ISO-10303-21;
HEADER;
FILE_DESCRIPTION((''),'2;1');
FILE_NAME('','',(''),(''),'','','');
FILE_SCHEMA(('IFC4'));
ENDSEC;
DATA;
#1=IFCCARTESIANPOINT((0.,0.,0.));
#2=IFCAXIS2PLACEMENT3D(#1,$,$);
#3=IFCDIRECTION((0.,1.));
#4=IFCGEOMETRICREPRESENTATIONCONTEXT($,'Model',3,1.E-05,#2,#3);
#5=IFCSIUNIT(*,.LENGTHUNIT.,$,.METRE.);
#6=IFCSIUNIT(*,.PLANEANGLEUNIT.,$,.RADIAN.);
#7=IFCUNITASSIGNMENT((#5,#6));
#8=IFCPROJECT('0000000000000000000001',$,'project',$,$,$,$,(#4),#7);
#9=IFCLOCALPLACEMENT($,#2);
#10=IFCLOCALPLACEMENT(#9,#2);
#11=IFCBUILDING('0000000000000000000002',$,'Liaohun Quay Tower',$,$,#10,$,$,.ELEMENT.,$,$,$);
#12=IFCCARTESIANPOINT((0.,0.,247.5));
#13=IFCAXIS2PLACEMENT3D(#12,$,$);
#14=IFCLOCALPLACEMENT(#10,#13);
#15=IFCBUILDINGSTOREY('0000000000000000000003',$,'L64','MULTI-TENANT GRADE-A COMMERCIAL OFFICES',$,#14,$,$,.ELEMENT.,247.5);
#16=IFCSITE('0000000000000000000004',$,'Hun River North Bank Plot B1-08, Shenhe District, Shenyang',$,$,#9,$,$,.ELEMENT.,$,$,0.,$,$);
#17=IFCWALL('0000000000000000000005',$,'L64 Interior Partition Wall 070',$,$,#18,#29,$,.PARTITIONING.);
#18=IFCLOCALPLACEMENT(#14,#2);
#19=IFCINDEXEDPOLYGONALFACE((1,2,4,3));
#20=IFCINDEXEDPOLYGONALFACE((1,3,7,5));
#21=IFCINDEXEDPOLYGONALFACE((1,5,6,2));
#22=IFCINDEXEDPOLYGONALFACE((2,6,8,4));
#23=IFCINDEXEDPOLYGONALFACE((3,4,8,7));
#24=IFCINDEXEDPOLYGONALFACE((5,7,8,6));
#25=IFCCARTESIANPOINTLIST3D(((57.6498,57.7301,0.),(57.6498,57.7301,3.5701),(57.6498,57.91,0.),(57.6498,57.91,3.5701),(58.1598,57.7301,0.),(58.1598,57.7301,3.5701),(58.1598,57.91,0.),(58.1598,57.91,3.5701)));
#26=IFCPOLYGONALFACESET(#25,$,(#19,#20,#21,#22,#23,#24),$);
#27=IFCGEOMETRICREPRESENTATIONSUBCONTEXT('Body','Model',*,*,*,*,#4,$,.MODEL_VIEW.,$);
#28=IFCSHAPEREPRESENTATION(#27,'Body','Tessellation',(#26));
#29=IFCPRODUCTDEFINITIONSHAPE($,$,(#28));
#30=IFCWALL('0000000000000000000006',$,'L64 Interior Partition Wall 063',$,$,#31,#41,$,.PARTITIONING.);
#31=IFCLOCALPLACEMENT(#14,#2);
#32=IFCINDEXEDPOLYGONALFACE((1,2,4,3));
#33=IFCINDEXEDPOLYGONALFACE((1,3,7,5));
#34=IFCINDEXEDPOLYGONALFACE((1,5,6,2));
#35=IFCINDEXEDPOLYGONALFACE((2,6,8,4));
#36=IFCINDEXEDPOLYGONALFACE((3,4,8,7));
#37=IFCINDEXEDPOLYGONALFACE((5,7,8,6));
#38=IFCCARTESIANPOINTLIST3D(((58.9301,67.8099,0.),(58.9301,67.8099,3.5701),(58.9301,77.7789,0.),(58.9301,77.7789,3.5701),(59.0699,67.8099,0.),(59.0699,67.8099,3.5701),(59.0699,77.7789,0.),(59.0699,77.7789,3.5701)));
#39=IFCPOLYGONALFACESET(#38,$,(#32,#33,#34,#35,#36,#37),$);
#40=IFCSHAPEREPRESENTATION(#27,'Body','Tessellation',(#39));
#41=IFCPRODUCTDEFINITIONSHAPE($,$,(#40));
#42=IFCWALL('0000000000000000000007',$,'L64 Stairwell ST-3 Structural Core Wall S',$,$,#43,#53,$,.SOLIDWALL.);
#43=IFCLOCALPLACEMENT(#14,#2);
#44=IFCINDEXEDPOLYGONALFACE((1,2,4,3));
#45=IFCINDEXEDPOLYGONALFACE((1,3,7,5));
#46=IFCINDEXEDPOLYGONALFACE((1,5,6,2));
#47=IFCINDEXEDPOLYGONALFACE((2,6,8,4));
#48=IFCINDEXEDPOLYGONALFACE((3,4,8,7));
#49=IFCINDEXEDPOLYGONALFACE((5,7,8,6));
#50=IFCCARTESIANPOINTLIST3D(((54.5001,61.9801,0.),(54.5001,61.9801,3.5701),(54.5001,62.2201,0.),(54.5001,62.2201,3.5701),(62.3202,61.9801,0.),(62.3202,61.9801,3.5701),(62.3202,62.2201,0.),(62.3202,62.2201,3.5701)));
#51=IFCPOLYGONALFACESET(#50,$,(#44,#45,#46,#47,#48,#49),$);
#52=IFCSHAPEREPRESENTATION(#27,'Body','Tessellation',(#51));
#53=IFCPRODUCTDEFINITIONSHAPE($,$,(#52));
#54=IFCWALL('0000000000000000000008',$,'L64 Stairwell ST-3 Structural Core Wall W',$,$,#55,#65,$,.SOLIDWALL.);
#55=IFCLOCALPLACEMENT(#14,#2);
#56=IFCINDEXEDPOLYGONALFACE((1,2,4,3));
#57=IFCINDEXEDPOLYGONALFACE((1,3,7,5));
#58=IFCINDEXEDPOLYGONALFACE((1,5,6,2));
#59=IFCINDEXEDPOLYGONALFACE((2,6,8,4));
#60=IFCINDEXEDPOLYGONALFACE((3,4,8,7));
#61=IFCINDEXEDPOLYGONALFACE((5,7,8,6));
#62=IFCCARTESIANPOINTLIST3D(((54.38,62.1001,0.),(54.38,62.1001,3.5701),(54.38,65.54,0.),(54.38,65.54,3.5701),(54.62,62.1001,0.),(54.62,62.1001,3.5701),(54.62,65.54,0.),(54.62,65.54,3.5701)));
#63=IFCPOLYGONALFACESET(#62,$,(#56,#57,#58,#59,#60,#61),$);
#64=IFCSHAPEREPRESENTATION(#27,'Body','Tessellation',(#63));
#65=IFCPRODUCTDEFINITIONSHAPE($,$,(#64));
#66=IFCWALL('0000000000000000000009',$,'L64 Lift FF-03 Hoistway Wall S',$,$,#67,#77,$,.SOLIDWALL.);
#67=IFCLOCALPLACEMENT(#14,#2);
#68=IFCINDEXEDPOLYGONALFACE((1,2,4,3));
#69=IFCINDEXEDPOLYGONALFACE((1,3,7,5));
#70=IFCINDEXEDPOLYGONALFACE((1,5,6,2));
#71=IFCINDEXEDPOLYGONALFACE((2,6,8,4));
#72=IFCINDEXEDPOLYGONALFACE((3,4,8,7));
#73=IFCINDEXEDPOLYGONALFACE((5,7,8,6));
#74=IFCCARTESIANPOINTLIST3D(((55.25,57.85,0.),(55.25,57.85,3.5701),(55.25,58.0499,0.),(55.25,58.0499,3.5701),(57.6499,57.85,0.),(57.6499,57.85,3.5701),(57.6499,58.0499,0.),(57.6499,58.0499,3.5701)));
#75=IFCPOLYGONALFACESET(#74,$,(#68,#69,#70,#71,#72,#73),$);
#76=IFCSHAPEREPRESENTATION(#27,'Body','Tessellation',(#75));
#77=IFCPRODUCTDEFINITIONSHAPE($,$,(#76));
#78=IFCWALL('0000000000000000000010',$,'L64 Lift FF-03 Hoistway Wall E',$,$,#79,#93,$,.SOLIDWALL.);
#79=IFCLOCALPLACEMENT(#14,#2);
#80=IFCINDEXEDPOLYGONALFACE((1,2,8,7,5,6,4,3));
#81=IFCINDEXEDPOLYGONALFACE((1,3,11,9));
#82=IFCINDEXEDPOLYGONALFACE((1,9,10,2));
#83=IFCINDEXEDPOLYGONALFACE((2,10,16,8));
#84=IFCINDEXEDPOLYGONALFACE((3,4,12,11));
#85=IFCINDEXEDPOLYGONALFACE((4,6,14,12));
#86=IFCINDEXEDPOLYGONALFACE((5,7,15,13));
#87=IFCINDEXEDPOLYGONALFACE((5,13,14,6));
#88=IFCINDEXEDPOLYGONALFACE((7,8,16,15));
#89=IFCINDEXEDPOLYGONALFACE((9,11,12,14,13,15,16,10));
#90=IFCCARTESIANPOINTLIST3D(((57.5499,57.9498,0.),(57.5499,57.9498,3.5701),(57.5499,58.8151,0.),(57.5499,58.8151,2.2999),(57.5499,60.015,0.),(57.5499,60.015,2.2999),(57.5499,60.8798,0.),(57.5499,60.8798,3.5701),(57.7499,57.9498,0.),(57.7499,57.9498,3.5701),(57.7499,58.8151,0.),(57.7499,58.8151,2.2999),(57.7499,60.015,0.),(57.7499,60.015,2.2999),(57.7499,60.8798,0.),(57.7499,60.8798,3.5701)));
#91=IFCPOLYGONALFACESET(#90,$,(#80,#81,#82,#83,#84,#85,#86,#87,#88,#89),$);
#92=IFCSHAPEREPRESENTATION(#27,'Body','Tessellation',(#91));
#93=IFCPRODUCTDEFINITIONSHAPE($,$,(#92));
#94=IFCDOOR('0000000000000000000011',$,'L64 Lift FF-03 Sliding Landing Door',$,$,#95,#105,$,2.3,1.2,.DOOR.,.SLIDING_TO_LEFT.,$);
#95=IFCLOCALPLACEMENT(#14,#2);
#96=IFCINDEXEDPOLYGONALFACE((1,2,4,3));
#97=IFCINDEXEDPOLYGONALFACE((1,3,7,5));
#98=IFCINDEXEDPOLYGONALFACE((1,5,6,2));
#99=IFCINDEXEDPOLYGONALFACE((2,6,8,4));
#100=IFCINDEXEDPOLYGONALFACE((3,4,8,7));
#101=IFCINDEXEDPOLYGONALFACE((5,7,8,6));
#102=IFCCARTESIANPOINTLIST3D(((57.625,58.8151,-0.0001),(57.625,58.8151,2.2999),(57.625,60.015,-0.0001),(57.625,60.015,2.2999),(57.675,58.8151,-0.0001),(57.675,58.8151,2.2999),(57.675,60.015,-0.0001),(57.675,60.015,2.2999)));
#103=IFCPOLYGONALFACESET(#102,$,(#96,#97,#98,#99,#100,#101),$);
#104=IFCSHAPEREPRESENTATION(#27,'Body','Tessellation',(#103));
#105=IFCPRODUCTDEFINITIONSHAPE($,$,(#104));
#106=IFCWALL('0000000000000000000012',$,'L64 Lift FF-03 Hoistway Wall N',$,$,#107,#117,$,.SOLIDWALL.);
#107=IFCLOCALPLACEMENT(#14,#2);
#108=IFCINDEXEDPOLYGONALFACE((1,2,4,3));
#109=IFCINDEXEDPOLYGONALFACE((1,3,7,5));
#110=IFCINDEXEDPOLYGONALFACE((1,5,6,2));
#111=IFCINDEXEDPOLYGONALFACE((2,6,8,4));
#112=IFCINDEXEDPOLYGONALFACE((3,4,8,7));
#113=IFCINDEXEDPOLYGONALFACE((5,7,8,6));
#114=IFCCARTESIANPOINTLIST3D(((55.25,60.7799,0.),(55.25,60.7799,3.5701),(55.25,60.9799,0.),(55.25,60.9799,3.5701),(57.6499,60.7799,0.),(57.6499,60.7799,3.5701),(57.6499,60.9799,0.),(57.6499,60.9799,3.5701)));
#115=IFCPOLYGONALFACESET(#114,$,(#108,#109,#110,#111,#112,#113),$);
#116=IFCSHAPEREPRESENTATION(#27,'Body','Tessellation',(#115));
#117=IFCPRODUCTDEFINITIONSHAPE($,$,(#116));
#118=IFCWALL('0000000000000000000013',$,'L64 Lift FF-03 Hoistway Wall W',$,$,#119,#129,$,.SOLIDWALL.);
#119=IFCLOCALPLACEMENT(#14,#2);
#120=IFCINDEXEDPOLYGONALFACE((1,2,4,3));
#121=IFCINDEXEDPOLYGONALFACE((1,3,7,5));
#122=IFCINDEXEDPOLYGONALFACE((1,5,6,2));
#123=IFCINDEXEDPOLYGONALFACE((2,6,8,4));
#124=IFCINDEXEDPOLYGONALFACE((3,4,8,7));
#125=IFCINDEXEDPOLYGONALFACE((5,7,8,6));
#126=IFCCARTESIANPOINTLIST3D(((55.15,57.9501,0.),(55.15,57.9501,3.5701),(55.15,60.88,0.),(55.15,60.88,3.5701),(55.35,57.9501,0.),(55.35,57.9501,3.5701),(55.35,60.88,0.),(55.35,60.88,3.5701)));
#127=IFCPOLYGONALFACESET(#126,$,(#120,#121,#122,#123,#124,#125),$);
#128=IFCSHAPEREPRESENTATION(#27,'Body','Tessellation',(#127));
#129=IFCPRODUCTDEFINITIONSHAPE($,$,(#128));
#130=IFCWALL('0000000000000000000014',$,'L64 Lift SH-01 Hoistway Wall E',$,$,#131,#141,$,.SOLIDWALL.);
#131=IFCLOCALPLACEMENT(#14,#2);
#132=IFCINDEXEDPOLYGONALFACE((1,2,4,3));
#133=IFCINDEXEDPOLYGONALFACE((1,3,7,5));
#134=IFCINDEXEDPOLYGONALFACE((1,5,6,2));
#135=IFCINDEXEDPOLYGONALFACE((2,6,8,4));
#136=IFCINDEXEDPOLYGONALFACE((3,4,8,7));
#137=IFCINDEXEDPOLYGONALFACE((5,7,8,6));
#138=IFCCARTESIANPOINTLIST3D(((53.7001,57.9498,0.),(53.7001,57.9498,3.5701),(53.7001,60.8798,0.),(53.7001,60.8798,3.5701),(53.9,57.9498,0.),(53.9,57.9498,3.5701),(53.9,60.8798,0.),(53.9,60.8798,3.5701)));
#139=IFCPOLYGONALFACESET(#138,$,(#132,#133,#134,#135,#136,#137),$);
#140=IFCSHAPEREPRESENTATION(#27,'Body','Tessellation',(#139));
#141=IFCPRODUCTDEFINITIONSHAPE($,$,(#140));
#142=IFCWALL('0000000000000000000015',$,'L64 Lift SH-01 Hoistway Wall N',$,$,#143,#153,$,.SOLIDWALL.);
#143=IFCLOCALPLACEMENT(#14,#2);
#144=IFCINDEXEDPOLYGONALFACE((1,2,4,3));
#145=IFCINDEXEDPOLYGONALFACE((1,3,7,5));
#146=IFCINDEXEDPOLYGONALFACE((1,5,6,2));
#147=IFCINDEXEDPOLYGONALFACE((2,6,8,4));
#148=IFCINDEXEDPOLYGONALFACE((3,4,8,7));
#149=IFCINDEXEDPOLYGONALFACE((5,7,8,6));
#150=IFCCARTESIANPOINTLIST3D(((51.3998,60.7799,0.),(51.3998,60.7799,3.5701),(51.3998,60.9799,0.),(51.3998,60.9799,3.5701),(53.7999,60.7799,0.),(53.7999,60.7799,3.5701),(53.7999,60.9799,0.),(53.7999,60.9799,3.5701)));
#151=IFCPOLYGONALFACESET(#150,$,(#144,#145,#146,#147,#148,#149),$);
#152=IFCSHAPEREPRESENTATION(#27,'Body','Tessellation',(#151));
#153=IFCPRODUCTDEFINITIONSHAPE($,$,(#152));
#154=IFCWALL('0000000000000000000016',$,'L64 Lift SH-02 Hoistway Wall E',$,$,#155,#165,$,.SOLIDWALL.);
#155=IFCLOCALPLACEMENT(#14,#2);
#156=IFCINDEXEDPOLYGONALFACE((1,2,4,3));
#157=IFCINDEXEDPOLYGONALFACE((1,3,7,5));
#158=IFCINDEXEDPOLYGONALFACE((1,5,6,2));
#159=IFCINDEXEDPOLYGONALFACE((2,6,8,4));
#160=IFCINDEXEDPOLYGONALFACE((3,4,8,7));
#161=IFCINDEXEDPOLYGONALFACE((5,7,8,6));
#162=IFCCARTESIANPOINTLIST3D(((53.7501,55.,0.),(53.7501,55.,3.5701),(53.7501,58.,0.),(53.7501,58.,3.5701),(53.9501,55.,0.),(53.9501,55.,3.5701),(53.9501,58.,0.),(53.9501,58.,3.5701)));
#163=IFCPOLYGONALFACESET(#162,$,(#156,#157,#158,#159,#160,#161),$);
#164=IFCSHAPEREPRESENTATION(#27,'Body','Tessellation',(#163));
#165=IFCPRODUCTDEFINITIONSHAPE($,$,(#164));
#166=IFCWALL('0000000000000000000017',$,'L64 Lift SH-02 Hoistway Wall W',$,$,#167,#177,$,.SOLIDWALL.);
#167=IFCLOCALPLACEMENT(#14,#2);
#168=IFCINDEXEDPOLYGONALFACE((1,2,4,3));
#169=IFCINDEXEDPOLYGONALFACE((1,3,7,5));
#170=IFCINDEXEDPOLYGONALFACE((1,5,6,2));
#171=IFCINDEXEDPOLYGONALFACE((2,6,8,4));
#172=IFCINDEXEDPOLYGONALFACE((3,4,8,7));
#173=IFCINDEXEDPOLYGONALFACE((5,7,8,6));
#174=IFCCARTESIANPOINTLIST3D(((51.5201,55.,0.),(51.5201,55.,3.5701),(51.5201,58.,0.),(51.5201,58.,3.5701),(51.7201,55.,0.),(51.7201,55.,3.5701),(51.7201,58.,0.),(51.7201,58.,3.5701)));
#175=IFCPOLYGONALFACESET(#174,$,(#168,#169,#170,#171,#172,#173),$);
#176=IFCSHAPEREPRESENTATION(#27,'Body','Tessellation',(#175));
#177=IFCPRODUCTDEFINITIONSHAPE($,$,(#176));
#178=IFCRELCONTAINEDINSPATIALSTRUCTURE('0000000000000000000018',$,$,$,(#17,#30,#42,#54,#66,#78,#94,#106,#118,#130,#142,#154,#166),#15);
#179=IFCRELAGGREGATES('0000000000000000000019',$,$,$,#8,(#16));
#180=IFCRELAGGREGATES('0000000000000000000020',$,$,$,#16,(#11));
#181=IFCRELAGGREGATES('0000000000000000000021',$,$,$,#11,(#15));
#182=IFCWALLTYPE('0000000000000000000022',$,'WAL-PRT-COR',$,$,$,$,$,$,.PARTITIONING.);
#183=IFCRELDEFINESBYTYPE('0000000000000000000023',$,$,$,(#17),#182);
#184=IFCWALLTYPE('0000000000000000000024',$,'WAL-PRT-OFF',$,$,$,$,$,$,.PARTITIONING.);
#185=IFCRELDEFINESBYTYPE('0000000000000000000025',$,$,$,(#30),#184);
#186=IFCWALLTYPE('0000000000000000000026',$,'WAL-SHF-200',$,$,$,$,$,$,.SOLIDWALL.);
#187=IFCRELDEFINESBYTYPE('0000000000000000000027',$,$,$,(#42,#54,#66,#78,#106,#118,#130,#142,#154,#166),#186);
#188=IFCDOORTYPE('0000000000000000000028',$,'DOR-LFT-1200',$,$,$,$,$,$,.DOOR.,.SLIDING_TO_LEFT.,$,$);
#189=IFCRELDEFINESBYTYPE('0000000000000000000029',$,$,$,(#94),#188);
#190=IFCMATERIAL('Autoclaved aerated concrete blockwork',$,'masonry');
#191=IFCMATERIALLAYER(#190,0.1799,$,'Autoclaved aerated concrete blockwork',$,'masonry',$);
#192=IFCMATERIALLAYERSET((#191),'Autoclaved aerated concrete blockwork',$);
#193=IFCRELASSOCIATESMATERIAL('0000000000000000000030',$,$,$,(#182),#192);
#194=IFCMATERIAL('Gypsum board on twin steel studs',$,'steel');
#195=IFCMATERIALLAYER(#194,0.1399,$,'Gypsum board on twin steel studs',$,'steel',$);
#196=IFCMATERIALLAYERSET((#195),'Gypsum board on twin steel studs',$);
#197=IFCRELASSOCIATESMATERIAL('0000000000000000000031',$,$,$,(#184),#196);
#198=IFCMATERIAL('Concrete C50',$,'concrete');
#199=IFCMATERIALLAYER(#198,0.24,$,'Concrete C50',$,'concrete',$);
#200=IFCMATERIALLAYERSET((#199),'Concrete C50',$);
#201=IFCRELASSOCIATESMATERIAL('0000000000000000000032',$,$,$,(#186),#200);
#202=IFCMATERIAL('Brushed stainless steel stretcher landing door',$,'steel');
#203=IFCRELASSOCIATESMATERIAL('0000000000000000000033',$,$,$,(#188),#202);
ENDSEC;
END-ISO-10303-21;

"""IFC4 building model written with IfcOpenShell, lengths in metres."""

from ifc_helpers import new_model, si_unit, direction, frame, frame_2d, origin, place, context, subcontext, project, spatial, rectangle, extrude, source, transform, mapped, material, layer, layer_set, type_object, element, fill, save


model = new_model("IFC4")

# Units and contexts
model_context = context("Model", 3, precision=1e-05, world=origin(), true_north=direction((0.0, 1.0)))
body_context = subcontext(model_context, "Body", "Model", "MODEL_VIEW")
ifc_project = project(units=[si_unit("LENGTHUNIT", "METRE"), si_unit("PLANEANGLEUNIT", "RADIAN")], contexts=[model_context])

# Site, building, storey
site_placement = place(None, origin())
site = spatial("IfcSite", under=ifc_project, at=site_placement, Name="Hun River North Bank Plot B1-08, Shenhe District, Shenyang", CompositionType="ELEMENT", RefElevation=0.0)
building_placement = place(site_placement, origin())
building = spatial("IfcBuilding", under=site, at=building_placement, Name="Liaohun Quay Tower", CompositionType="ELEMENT")
storey_placement = place(building_placement, frame((0.0, 0.0, 247.5)))
storey = spatial("IfcBuildingStorey", under=building, at=storey_placement, Name="L64", Description="MULTI-TENANT GRADE-A COMMERCIAL OFFICES", CompositionType="ELEMENT", Elevation=247.5)

# Shared definitions
ifc_material_1 = material(Name="Autoclaved aerated concrete blockwork", Category="masonry")
ifc_layer_1 = layer(ifc_material_1, 0.1799, Name="Autoclaved aerated concrete blockwork", Category="masonry")
ifc_layer_set_1 = layer_set([ifc_layer_1], Name="Autoclaved aerated concrete blockwork")
wall_type_1 = type_object("IfcWallType", Name="WAL-PRT-COR", PredefinedType="PARTITIONING", material=ifc_layer_set_1)

# Walls
wall_1_placement = place(storey_placement, frame((57.6499, 57.8201, 0.0), z_axis=(0.0, 0.0, 1.0), x_axis=(1.0, 0.0, 0.0)))
element("IfcWall", 1, at=wall_1_placement, inside=storey, type_object=wall_type_1, Name="L64 Interior Partition Wall 070", PredefinedType="PARTITIONING", context=body_context, shape_type="SweptSolid", body=[
    extrude(rectangle(XDim=0.51, YDim=0.1799, at=frame_2d((0.2549, 0.0))), origin(), (0.0, 0.0, 1.0), 3.5701),
])
ifc_material_2 = material(Name="Gypsum board on twin steel studs", Category="steel")
ifc_layer_2 = layer(ifc_material_2, 0.1399, Name="Gypsum board on twin steel studs", Category="steel")
ifc_layer_set_2 = layer_set([ifc_layer_2], Name="Gypsum board on twin steel studs")
wall_type_2 = type_object("IfcWallType", Name="WAL-PRT-OFF", PredefinedType="PARTITIONING", material=ifc_layer_set_2)
wall_2_placement = place(storey_placement, frame((59.0, 67.8101, 0.0), z_axis=(0.0, 0.0, 1.0), x_axis=(0.0, 1.0, 0.0)))
element("IfcWall", 2, at=wall_2_placement, inside=storey, type_object=wall_type_2, Name="L64 Interior Partition Wall 063", PredefinedType="PARTITIONING", context=body_context, shape_type="SweptSolid", body=[
    extrude(rectangle(XDim=9.969, YDim=0.1399, at=frame_2d((4.9844, 0.0))), origin(), (0.0, 0.0, 1.0), 3.5701),
])
ifc_material_3 = material(Name="Concrete C50", Category="concrete")
ifc_layer_3 = layer(ifc_material_3, 0.24, Name="Concrete C50", Category="concrete")
ifc_layer_set_3 = layer_set([ifc_layer_3], Name="Concrete C50")
wall_type_3 = type_object("IfcWallType", Name="WAL-SHF-200", PredefinedType="SOLIDWALL", material=ifc_layer_set_3)
wall_3_placement = place(storey_placement, frame((54.5, 62.1001, 0.0), z_axis=(0.0, 0.0, 1.0), x_axis=(1.0, 0.0, 0.0)))
element("IfcWall", 3, at=wall_3_placement, inside=storey, type_object=wall_type_3, Name="L64 Stairwell ST-3 Structural Core Wall S", PredefinedType="SOLIDWALL", context=body_context, shape_type="SweptSolid", body=[
    extrude(rectangle(XDim=7.8201, YDim=0.24, at=frame_2d((3.9102, 0.0))), origin(), (0.0, 0.0, 1.0), 3.5701),
])
wall_4_placement = place(storey_placement, frame((54.5, 65.54, 0.0), z_axis=(0.0, 0.0, 1.0), x_axis=(0.0, -1.0, 0.0)))
element("IfcWall", 4, at=wall_4_placement, inside=storey, type_object=wall_type_3, Name="L64 Stairwell ST-3 Structural Core Wall W", PredefinedType="SOLIDWALL", context=body_context, shape_type="SweptSolid", body=[
    extrude(rectangle(XDim=3.4399, YDim=0.24, at=frame_2d((1.72, 0.0))), origin(), (0.0, 0.0, 1.0), 3.5701),
])
wall_5_placement = place(storey_placement, frame((55.25, 57.95, 0.0), z_axis=(0.0, 0.0, 1.0), x_axis=(1.0, 0.0, 0.0)))
element("IfcWall", 5, at=wall_5_placement, inside=storey, type_object=wall_type_3, Name="L64 Lift FF-03 Hoistway Wall S", PredefinedType="SOLIDWALL", context=body_context, shape_type="SweptSolid", body=[
    extrude(rectangle(XDim=2.3999, YDim=0.2, at=frame_2d((1.2, 0.0))), origin(), (0.0, 0.0, 1.0), 3.5701),
])

# Wall, opening, door
wall_6_placement = place(storey_placement, frame((57.6499, 57.95, 0.0), z_axis=(0.0, 0.0, 1.0), x_axis=(0.0, 1.0, 0.0)))
wall_6 = element("IfcWall", 6, at=wall_6_placement, inside=storey, type_object=wall_type_3, Name="L64 Lift FF-03 Hoistway Wall E", PredefinedType="SOLIDWALL", context=body_context, shape_type="SweptSolid", body=[
    extrude(rectangle(XDim=2.9299, YDim=0.2, at=frame_2d((1.4648, 0.0))), origin(), (0.0, 0.0, 1.0), 3.5701),
])
shared_shape_1 = source(origin(), body_context, "Body", "SweptSolid", [
    extrude(rectangle(XDim=1.2, YDim=2.3, at=frame_2d((0.6001, 1.1499))), frame((0.0, 0.1099, 0.0), z_axis=(0.0, -1.0, 0.0), x_axis=(1.0, 0.0, 0.0)), (0.0, 0.0, 1.0), 0.22),
])
opening_1_placement = place(wall_6_placement, frame((0.865, 0.0, 0.0)))
opening_1 = element("IfcOpeningElement", 7, at=opening_1_placement, cuts=wall_6, PredefinedType="OPENING", context=body_context, shape_type="MappedRepresentation", body=[
    mapped(shared_shape_1, transform((0.0, 0.0, 0.0), x_axis=(1.0, 0.0, 0.0), y_axis=(0.0, 1.0, 0.0), z_axis=(0.0, 0.0, 1.0), scale=1.0)),
])
ifc_material_4 = material(Name="Brushed stainless steel stretcher landing door", Category="steel")
door_type_1 = type_object("IfcDoorType", Name="DOR-LFT-1200", OperationType="SLIDING_TO_LEFT", PredefinedType="DOOR", material=ifc_material_4)
shared_shape_2 = source(origin(), body_context, "Body", "SweptSolid", [
    extrude(rectangle(XDim=1.2, YDim=2.3, at=frame_2d((0.6001, 1.1499))), frame((0.0, 0.0249, 0.0), z_axis=(0.0, -1.0, 0.0), x_axis=(1.0, 0.0, 0.0)), (0.0, 0.0, 1.0), 0.05),
])
door_1_placement = place(opening_1_placement, origin())
door_1 = element("IfcDoor", 8, at=door_1_placement, inside=storey, type_object=door_type_1, Name="L64 Lift FF-03 Sliding Landing Door", OperationType="SLIDING_TO_LEFT", OverallHeight=2.3, OverallWidth=1.2, PredefinedType="DOOR", context=body_context, shape_type="MappedRepresentation", body=[
    mapped(shared_shape_2, transform((0.0, 0.0, 0.0), x_axis=(1.0, 0.0, 0.0), y_axis=(0.0, 1.0, 0.0), z_axis=(0.0, 0.0, 1.0), scale=1.0)),
])
fill(opening_1, door_1)

# Walls
wall_7_placement = place(storey_placement, frame((57.6499, 60.8799, 0.0), z_axis=(0.0, 0.0, 1.0), x_axis=(-1.0, 0.0, 0.0)))
element("IfcWall", 9, at=wall_7_placement, inside=storey, type_object=wall_type_3, Name="L64 Lift FF-03 Hoistway Wall N", PredefinedType="SOLIDWALL", context=body_context, shape_type="SweptSolid", body=[
    extrude(rectangle(XDim=2.3999, YDim=0.2, at=frame_2d((1.2, 0.0))), origin(), (0.0, 0.0, 1.0), 3.5701),
])
for number, where, z_axis, x_axis, name in (
    (10, (55.25, 60.8799, 0.0), (0.0, 0.0, 1.0), (0.0, -1.0, 0.0), "L64 Lift FF-03 Hoistway Wall W"),
    (11, (53.8, 57.95, 0.0), (0.0, 0.0, 1.0), (0.0, 1.0, 0.0), "L64 Lift SH-01 Hoistway Wall E"),
):
    element("IfcWall", number, at=place(storey_placement, frame(where, z_axis=z_axis, x_axis=x_axis)), inside=storey, type_object=wall_type_3, Name=name, PredefinedType="SOLIDWALL", context=body_context, shape_type="SweptSolid", body=[
        extrude(rectangle(XDim=2.9299, YDim=0.2, at=frame_2d((1.4648, 0.0))), origin(), (0.0, 0.0, 1.0), 3.5701),
    ])
wall_8_placement = place(storey_placement, frame((53.8, 60.8799, 0.0), z_axis=(0.0, 0.0, 1.0), x_axis=(-1.0, 0.0, 0.0)))
element("IfcWall", 12, at=wall_8_placement, inside=storey, type_object=wall_type_3, Name="L64 Lift SH-01 Hoistway Wall N", PredefinedType="SOLIDWALL", context=body_context, shape_type="SweptSolid", body=[
    extrude(rectangle(XDim=2.4001, YDim=0.2, at=frame_2d((1.2002, 0.0))), origin(), (0.0, 0.0, 1.0), 3.5701),
])
for number, where, z_axis, x_axis, name in (
    (13, (53.8501, 55.0, 0.0), (0.0, 0.0, 1.0), (0.0, 1.0, 0.0), "L64 Lift SH-02 Hoistway Wall E"),
    (14, (51.6201, 58.0, 0.0), (0.0, 0.0, 1.0), (0.0, -1.0, 0.0), "L64 Lift SH-02 Hoistway Wall W"),
):
    element("IfcWall", number, at=place(storey_placement, frame(where, z_axis=z_axis, x_axis=x_axis)), inside=storey, type_object=wall_type_3, Name=name, PredefinedType="SOLIDWALL", context=body_context, shape_type="SweptSolid", body=[
        extrude(rectangle(XDim=3.0, YDim=0.2, at=frame_2d((1.5, 0.0))), origin(), (0.0, 0.0, 1.0), 3.5701),
    ])

save(model, "model.ifc")
